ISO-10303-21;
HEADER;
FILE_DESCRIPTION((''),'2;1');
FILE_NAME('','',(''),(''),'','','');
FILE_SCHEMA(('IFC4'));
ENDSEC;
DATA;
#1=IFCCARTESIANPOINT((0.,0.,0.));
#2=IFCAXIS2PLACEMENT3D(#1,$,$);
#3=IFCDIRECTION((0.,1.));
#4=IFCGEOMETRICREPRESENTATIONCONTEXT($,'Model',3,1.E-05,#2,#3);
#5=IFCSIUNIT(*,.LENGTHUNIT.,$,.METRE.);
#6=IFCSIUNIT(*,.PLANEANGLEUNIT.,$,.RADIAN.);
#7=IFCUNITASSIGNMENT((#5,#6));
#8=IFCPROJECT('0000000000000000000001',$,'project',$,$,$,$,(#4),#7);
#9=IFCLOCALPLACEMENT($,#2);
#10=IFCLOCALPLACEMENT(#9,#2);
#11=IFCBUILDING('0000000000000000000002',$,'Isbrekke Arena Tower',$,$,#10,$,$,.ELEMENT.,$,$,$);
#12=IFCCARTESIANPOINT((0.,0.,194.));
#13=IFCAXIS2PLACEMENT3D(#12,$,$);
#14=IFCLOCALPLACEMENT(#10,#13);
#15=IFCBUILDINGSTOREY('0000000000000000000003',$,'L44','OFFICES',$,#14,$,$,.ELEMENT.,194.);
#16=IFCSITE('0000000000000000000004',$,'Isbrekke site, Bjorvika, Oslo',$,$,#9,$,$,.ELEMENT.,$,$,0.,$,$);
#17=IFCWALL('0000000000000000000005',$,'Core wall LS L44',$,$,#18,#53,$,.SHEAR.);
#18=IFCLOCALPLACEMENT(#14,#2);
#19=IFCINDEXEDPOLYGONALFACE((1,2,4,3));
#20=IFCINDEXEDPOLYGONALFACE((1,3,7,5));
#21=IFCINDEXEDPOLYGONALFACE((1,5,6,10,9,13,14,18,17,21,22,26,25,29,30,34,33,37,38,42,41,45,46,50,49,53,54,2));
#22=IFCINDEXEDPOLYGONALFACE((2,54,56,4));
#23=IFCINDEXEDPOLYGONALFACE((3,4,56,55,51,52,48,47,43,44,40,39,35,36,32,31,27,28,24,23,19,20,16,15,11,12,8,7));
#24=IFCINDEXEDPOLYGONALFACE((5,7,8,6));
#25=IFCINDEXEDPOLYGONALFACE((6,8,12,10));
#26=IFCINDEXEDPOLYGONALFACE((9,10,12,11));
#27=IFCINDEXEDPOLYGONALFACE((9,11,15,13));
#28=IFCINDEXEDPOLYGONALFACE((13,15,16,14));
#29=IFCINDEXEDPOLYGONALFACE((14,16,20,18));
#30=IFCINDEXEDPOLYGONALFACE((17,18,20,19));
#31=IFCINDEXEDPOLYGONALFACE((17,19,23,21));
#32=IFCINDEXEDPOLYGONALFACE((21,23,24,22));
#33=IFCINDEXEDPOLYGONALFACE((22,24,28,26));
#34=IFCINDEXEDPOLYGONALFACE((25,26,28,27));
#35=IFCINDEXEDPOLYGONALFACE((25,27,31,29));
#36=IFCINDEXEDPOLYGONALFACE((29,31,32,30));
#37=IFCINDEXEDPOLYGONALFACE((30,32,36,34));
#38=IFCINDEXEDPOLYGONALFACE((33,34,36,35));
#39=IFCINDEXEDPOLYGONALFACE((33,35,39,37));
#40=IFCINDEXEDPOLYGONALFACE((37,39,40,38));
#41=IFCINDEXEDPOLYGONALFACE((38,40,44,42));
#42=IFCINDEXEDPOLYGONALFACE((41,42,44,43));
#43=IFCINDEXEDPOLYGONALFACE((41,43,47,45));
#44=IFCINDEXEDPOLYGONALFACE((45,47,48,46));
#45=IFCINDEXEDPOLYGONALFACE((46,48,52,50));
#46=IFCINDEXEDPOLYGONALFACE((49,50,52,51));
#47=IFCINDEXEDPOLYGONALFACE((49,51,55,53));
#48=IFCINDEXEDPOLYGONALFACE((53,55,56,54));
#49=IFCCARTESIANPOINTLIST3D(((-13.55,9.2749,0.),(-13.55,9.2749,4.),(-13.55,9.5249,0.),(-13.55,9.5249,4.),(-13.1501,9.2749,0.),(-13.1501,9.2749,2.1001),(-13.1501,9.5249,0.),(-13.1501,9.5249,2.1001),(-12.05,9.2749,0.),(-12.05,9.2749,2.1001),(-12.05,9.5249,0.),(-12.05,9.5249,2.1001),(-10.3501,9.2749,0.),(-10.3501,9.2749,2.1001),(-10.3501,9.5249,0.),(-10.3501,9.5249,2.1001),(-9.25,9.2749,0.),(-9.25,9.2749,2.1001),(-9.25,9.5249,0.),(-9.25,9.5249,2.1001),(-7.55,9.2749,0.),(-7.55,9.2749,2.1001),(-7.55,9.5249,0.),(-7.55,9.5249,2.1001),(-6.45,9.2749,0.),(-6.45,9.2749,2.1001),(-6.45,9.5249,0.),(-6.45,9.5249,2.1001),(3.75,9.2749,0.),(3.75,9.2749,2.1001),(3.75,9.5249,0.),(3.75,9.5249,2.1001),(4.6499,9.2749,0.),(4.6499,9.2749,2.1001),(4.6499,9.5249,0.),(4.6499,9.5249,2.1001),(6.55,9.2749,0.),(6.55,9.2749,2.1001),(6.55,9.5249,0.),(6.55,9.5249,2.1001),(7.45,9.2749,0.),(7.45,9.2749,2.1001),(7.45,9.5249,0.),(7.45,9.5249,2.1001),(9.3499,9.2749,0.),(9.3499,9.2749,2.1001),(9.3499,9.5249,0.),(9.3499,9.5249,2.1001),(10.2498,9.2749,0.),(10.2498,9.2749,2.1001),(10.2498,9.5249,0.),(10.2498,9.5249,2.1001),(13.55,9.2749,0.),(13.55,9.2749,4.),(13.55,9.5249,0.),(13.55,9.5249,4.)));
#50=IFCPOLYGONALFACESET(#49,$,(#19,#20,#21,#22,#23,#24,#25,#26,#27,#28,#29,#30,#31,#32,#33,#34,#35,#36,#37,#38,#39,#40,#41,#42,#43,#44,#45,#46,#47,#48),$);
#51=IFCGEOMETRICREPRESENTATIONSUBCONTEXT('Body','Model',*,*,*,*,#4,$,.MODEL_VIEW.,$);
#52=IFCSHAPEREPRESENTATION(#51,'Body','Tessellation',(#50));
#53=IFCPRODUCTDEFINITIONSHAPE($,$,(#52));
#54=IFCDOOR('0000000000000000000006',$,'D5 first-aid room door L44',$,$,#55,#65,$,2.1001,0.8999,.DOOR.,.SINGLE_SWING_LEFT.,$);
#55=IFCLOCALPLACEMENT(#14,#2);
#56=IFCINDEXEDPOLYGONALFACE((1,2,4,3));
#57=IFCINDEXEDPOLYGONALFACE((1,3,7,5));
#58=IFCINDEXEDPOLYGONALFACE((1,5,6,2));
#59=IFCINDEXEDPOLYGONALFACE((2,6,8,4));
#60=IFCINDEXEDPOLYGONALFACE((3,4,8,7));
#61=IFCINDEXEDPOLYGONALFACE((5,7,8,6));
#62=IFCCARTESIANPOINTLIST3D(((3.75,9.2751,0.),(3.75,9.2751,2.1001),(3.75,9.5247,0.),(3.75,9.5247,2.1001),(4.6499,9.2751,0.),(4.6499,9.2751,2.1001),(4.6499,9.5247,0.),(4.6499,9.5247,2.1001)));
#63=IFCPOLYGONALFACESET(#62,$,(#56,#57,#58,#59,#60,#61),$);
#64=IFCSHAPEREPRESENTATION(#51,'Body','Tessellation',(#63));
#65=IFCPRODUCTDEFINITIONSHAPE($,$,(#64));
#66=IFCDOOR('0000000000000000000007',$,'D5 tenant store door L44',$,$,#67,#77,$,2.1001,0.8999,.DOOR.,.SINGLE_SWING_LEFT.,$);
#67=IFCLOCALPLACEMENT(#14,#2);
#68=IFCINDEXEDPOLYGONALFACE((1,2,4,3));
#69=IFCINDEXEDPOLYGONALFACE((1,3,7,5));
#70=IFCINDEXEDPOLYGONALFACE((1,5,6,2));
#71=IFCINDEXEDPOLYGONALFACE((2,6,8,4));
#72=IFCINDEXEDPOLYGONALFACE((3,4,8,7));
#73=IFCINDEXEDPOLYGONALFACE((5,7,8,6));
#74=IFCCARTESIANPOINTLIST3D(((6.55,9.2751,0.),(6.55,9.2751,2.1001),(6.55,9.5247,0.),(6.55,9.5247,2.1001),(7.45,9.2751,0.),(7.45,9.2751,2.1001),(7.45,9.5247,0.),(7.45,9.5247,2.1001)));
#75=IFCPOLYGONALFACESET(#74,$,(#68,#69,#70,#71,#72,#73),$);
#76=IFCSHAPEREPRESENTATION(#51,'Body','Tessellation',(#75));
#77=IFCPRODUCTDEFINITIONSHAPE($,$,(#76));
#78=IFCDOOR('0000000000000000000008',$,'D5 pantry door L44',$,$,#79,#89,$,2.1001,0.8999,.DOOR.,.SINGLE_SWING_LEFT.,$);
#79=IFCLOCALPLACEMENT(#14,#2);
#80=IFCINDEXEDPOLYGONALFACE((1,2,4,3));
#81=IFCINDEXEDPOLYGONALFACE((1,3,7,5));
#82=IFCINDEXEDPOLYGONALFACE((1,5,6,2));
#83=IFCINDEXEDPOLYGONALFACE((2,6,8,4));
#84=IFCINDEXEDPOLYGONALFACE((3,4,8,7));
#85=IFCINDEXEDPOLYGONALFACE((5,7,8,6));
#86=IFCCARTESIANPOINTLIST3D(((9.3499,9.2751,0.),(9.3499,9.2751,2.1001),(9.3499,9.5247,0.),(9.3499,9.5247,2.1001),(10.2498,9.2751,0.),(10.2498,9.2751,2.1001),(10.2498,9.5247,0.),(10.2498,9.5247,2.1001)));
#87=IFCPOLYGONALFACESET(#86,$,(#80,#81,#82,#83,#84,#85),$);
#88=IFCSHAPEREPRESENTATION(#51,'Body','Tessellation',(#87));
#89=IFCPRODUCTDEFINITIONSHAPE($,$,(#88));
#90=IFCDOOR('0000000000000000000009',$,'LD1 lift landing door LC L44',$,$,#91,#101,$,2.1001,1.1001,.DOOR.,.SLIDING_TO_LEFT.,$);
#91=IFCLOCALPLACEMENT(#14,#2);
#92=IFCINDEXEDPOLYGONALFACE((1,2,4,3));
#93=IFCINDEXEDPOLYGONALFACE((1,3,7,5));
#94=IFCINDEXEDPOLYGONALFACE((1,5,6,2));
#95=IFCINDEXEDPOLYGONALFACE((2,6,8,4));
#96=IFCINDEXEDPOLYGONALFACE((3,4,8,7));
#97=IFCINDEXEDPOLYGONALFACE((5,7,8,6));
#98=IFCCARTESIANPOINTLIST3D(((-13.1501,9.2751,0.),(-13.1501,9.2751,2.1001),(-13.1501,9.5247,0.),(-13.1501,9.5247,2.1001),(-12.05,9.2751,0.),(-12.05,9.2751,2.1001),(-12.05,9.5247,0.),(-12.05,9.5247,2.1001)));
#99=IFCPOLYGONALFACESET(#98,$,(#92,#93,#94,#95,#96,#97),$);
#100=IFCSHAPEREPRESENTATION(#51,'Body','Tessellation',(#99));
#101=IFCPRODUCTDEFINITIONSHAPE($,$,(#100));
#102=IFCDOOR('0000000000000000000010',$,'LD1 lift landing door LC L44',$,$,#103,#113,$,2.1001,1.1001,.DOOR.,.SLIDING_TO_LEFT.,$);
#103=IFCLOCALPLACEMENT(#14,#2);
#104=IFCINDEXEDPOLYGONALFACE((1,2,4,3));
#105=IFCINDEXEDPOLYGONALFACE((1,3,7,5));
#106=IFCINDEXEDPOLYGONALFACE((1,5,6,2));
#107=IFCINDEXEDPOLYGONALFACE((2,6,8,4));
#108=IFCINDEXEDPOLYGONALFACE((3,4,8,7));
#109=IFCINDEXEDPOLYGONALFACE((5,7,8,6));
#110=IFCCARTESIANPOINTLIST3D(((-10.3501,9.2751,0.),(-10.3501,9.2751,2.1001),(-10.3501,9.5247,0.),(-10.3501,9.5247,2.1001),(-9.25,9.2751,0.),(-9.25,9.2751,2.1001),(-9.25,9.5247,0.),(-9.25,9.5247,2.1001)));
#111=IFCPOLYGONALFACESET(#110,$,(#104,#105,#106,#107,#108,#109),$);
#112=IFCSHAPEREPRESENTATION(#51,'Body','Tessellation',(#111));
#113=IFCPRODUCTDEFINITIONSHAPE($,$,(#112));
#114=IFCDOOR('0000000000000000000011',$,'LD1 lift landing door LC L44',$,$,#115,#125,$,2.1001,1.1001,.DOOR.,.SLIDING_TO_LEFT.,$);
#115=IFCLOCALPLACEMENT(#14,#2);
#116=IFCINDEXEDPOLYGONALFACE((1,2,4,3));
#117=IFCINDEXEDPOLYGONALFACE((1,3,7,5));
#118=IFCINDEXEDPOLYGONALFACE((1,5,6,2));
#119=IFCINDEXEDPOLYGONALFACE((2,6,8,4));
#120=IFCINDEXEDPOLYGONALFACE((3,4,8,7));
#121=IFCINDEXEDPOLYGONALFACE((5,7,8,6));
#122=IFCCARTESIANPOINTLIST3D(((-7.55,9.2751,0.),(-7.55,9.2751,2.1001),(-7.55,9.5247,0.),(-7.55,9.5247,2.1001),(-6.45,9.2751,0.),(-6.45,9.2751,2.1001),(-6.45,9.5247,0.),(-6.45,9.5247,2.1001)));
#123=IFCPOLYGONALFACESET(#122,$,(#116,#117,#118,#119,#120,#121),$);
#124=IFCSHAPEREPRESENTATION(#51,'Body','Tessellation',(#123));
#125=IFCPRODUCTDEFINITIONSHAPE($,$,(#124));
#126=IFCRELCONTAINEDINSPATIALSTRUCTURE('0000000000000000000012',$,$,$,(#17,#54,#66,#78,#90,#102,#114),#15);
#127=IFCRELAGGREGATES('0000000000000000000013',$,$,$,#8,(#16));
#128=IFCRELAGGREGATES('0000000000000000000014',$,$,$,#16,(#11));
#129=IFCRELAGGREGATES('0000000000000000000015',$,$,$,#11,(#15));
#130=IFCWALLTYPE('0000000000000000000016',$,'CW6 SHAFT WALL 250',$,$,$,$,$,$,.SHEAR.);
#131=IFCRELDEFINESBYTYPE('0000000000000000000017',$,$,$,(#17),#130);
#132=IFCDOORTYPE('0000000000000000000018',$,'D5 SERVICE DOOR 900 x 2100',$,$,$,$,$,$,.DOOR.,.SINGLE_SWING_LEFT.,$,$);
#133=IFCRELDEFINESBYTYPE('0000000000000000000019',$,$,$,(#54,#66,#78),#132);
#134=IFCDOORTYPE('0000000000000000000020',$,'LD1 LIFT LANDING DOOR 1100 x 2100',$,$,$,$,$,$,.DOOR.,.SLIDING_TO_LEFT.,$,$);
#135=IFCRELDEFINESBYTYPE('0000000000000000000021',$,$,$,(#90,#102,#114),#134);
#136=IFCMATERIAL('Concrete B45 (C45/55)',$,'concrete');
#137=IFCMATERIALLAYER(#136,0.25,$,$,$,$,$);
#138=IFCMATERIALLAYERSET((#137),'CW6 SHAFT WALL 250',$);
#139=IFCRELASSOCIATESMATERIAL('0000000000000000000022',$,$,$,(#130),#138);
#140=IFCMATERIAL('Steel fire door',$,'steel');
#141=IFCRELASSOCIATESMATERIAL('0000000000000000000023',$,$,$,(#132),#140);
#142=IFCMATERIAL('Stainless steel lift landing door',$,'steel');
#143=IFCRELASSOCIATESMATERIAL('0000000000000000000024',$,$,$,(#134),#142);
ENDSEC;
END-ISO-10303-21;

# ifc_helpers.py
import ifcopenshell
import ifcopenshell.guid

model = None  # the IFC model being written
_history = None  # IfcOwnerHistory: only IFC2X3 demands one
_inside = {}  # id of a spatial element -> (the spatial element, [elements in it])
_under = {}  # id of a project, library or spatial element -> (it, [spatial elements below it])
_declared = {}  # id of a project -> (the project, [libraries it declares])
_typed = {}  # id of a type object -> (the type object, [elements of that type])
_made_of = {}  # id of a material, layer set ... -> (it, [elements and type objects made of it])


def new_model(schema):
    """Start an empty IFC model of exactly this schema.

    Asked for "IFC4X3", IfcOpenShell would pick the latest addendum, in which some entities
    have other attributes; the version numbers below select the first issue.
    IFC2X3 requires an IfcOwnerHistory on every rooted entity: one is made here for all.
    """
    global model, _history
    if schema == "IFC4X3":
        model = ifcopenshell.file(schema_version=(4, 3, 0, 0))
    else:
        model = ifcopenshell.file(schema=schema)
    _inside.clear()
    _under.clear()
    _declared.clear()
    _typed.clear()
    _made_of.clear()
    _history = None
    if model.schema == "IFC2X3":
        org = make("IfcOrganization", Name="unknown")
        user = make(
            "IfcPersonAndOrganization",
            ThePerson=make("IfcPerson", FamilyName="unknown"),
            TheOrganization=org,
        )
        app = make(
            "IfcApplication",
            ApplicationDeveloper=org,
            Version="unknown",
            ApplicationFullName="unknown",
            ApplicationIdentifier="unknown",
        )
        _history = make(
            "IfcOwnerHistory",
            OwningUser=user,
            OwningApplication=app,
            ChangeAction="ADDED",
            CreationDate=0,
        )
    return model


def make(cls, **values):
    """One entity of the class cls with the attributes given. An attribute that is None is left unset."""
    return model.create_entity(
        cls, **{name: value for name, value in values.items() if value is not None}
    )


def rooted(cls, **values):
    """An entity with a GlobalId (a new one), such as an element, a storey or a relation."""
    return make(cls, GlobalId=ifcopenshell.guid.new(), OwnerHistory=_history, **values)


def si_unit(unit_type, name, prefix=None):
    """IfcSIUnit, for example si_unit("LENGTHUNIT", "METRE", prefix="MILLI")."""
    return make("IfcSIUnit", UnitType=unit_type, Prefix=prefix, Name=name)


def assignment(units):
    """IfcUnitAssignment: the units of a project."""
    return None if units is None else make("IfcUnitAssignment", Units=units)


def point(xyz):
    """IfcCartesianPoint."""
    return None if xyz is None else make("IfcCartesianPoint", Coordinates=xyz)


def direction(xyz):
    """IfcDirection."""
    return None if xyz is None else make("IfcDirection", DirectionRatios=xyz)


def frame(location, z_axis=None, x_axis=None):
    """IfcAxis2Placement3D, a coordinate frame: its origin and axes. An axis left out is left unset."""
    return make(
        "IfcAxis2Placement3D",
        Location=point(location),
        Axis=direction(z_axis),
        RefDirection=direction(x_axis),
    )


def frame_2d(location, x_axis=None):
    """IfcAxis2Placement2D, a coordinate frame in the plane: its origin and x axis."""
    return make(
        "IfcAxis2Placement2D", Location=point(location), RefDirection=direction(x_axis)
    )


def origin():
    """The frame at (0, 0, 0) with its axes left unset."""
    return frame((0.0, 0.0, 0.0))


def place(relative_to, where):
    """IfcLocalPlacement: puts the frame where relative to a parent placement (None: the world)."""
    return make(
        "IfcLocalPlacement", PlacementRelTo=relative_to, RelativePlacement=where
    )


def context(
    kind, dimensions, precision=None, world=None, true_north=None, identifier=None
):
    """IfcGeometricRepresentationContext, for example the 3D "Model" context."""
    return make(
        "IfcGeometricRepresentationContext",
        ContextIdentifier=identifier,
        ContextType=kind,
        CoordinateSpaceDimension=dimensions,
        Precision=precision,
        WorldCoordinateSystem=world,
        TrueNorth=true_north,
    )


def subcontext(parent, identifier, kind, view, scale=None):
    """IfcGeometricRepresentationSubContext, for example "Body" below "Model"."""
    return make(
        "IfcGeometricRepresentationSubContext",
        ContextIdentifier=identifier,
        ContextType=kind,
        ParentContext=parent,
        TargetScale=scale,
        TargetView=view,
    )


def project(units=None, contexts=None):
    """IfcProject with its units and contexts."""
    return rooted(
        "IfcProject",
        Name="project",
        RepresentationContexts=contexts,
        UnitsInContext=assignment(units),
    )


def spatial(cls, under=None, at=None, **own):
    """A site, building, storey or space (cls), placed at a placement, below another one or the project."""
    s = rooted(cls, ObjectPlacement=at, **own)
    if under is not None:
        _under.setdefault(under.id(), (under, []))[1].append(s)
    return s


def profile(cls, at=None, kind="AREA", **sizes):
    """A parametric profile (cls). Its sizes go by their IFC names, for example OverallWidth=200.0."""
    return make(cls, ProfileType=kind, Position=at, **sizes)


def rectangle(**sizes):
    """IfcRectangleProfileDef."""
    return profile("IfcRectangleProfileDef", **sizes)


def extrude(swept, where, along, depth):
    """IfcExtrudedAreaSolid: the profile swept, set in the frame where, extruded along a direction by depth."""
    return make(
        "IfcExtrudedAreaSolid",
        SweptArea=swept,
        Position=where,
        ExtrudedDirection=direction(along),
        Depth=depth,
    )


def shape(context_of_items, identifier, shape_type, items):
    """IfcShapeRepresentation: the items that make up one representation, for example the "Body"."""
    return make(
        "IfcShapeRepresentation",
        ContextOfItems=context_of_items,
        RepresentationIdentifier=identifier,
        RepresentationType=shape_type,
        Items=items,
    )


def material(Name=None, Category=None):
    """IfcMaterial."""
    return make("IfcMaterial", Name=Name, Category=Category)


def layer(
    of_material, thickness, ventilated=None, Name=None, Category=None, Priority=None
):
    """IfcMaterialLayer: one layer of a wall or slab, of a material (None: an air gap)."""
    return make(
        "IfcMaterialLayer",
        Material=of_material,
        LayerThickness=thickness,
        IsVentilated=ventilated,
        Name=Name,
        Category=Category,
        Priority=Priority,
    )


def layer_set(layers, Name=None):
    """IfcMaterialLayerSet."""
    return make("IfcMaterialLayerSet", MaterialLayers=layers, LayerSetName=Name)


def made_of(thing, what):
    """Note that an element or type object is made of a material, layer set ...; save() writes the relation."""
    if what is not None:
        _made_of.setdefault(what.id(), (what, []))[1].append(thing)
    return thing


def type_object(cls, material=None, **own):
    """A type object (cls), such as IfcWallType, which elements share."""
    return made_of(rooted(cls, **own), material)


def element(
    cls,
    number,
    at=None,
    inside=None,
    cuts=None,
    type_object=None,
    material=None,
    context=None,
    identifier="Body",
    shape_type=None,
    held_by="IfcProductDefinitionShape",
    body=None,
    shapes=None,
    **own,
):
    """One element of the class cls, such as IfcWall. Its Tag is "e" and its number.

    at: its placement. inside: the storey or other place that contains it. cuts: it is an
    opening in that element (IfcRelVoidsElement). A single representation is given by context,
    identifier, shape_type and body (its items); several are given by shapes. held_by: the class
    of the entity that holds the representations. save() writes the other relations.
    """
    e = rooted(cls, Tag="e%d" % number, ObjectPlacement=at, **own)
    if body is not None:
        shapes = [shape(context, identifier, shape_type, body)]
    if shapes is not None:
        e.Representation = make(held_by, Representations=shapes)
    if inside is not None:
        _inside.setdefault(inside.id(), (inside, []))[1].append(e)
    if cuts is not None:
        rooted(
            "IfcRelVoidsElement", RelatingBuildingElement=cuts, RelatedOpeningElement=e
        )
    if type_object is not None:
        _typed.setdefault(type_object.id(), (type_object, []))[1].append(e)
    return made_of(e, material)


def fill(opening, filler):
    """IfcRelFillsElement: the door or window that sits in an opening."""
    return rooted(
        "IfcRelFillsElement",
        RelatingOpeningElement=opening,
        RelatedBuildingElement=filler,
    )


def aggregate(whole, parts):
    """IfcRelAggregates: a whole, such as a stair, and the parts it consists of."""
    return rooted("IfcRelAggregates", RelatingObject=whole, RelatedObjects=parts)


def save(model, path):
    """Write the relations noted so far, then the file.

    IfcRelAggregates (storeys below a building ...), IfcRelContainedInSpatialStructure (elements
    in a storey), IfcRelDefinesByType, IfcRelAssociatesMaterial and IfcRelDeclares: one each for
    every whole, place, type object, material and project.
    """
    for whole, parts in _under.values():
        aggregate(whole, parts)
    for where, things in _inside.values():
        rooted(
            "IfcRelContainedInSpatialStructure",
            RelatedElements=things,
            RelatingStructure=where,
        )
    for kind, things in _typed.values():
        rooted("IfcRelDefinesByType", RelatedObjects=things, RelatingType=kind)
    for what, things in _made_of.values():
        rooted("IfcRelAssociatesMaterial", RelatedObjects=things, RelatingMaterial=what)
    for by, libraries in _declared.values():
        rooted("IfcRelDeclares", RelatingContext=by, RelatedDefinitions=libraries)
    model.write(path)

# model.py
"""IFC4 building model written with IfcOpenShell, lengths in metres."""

from ifc_helpers import new_model, si_unit, direction, frame, frame_2d, origin, place, context, subcontext, project, spatial, rectangle, extrude, material, layer, layer_set, type_object, element, fill, save


model = new_model("IFC4")

# Units and contexts
model_context = context("Model", 3, precision=1e-05, world=origin(), true_north=direction((0.0, 1.0)))
body_context = subcontext(model_context, "Body", "Model", "MODEL_VIEW")
ifc_project = project(units=[si_unit("LENGTHUNIT", "METRE"), si_unit("PLANEANGLEUNIT", "RADIAN")], contexts=[model_context])

# Site, building, storey
site_placement = place(None, origin())
site = spatial("IfcSite", under=ifc_project, at=site_placement, Name="Isbrekke site, Bjorvika, Oslo", CompositionType="ELEMENT", RefElevation=0.0)
building_placement = place(site_placement, origin())
building = spatial("IfcBuilding", under=site, at=building_placement, Name="Isbrekke Arena Tower", CompositionType="ELEMENT")
storey_placement = place(building_placement, frame((0.0, 0.0, 194.0)))
storey = spatial("IfcBuildingStorey", under=building, at=storey_placement, Name="L44", Description="OFFICES", CompositionType="ELEMENT", Elevation=194.0)

# Wall, openings, doors
ifc_material_1 = material(Name="Concrete B45 (C45/55)", Category="concrete")
ifc_layer_1 = layer(ifc_material_1, 0.25)
ifc_layer_set_1 = layer_set([ifc_layer_1], Name="CW6 SHAFT WALL 250")
wall_type_1 = type_object("IfcWallType", Name="CW6 SHAFT WALL 250", PredefinedType="SHEAR", material=ifc_layer_set_1)
wall_1_placement = place(storey_placement, frame((-13.55, 9.3999, 0.0), z_axis=(0.0, 0.0, 1.0), x_axis=(1.0, 0.0, 0.0)))
wall_1 = element("IfcWall", 1, at=wall_1_placement, inside=storey, type_object=wall_type_1, Name="Core wall LS L44", PredefinedType="SHEAR", context=body_context, shape_type="SweptSolid", body=[
    extrude(rectangle(XDim=27.1001, YDim=0.25, at=frame_2d((13.55, 0.0))), origin(), (0.0, 0.0, 1.0), 4.0),
])
opening_1_placement = place(wall_1_placement, frame((0.3999, 0.0, 0.0)))
opening_1 = element("IfcOpeningElement", 2, at=opening_1_placement, cuts=wall_1, PredefinedType="OPENING", context=body_context, shape_type="SweptSolid", body=[
    extrude(rectangle(XDim=1.1001, YDim=2.1001, at=frame_2d((0.55, 1.05))), frame((0.0, 0.1399, 0.0), z_axis=(0.0, -1.0, 0.0), x_axis=(1.0, 0.0, 0.0)), (0.0, 0.0, 1.0), 0.2798),
])
opening_2_placement = place(wall_1_placement, frame((3.2, 0.0, 0.0)))
opening_2 = element("IfcOpeningElement", 3, at=opening_2_placement, cuts=wall_1, PredefinedType="OPENING", context=body_context, shape_type="SweptSolid", body=[
    extrude(rectangle(XDim=1.1001, YDim=2.1001, at=frame_2d((0.55, 1.05))), frame((0.0, 0.1399, 0.0), z_axis=(0.0, -1.0, 0.0), x_axis=(1.0, 0.0, 0.0)), (0.0, 0.0, 1.0), 0.2798),
])
opening_3_placement = place(wall_1_placement, frame((6.0, 0.0, 0.0)))
opening_3 = element("IfcOpeningElement", 4, at=opening_3_placement, cuts=wall_1, PredefinedType="OPENING", context=body_context, shape_type="SweptSolid", body=[
    extrude(rectangle(XDim=1.1001, YDim=2.1001, at=frame_2d((0.55, 1.05))), frame((0.0, 0.1399, 0.0), z_axis=(0.0, -1.0, 0.0), x_axis=(1.0, 0.0, 0.0)), (0.0, 0.0, 1.0), 0.2798),
])
opening_4_placement = place(wall_1_placement, frame((17.3, 0.0, 0.0)))
opening_4 = element("IfcOpeningElement", 5, at=opening_4_placement, cuts=wall_1, PredefinedType="OPENING", context=body_context, shape_type="SweptSolid", body=[
    extrude(rectangle(XDim=0.8999, YDim=2.1001, at=frame_2d((0.45, 1.05))), frame((0.0, 0.1399, 0.0), z_axis=(0.0, -1.0, 0.0), x_axis=(1.0, 0.0, 0.0)), (0.0, 0.0, 1.0), 0.2798),
])
opening_5_placement = place(wall_1_placement, frame((20.1001, 0.0, 0.0)))
opening_5 = element("IfcOpeningElement", 6, at=opening_5_placement, cuts=wall_1, PredefinedType="OPENING", context=body_context, shape_type="SweptSolid", body=[
    extrude(rectangle(XDim=0.8999, YDim=2.1001, at=frame_2d((0.45, 1.05))), frame((0.0, 0.1399, 0.0), z_axis=(0.0, -1.0, 0.0), x_axis=(1.0, 0.0, 0.0)), (0.0, 0.0, 1.0), 0.2798),
])
opening_6_placement = place(wall_1_placement, frame((22.8999, 0.0, 0.0)))
opening_6 = element("IfcOpeningElement", 7, at=opening_6_placement, cuts=wall_1, PredefinedType="OPENING", context=body_context, shape_type="SweptSolid", body=[
    extrude(rectangle(XDim=0.8999, YDim=2.1001, at=frame_2d((0.45, 1.05))), frame((0.0, 0.1399, 0.0), z_axis=(0.0, -1.0, 0.0), x_axis=(1.0, 0.0, 0.0)), (0.0, 0.0, 1.0), 0.2798),
])
ifc_material_2 = material(Name="Steel fire door", Category="steel")
door_type_1 = type_object("IfcDoorType", Name="D5 SERVICE DOOR 900 x 2100", OperationType="SINGLE_SWING_LEFT", PredefinedType="DOOR", material=ifc_material_2)
door_1_placement = place(opening_4_placement, origin())
door_1 = element("IfcDoor", 8, at=door_1_placement, inside=storey, type_object=door_type_1, Name="D5 first-aid room door L44", OperationType="SINGLE_SWING_LEFT", OverallHeight=2.1001, OverallWidth=0.8999, PredefinedType="DOOR", context=body_context, shape_type="SweptSolid", body=[
    extrude(rectangle(XDim=0.8999, YDim=2.1001, at=frame_2d((0.45, 1.05))), frame((0.0, 0.1248, 0.0), z_axis=(0.0, -1.0, 0.0), x_axis=(1.0, 0.0, 0.0)), (0.0, 0.0, 1.0), 0.2495),
])
fill(opening_4, door_1)
door_2_placement = place(opening_5_placement, origin())
door_2 = element("IfcDoor", 9, at=door_2_placement, inside=storey, type_object=door_type_1, Name="D5 tenant store door L44", OperationType="SINGLE_SWING_LEFT", OverallHeight=2.1001, OverallWidth=0.8999, PredefinedType="DOOR", context=body_context, shape_type="SweptSolid", body=[
    extrude(rectangle(XDim=0.8999, YDim=2.1001, at=frame_2d((0.45, 1.05))), frame((0.0, 0.1248, 0.0), z_axis=(0.0, -1.0, 0.0), x_axis=(1.0, 0.0, 0.0)), (0.0, 0.0, 1.0), 0.2495),
])
fill(opening_5, door_2)
door_3_placement = place(opening_6_placement, origin())
door_3 = element("IfcDoor", 10, at=door_3_placement, inside=storey, type_object=door_type_1, Name="D5 pantry door L44", OperationType="SINGLE_SWING_LEFT", OverallHeight=2.1001, OverallWidth=0.8999, PredefinedType="DOOR", context=body_context, shape_type="SweptSolid", body=[
    extrude(rectangle(XDim=0.8999, YDim=2.1001, at=frame_2d((0.45, 1.05))), frame((0.0, 0.1248, 0.0), z_axis=(0.0, -1.0, 0.0), x_axis=(1.0, 0.0, 0.0)), (0.0, 0.0, 1.0), 0.2495),
])
fill(opening_6, door_3)
ifc_material_3 = material(Name="Stainless steel lift landing door", Category="steel")
door_type_2 = type_object("IfcDoorType", Name="LD1 LIFT LANDING DOOR 1100 x 2100", OperationType="SLIDING_TO_LEFT", PredefinedType="DOOR", material=ifc_material_3)
door_4_placement = place(opening_1_placement, origin())
door_4 = element("IfcDoor", 11, at=door_4_placement, inside=storey, type_object=door_type_2, Name="LD1 lift landing door LC L44", OperationType="SLIDING_TO_LEFT", OverallHeight=2.1001, OverallWidth=1.1001, PredefinedType="DOOR", context=body_context, shape_type="SweptSolid", body=[
    extrude(rectangle(XDim=1.1001, YDim=2.1001, at=frame_2d((0.55, 1.05))), frame((0.0, 0.1248, 0.0), z_axis=(0.0, -1.0, 0.0), x_axis=(1.0, 0.0, 0.0)), (0.0, 0.0, 1.0), 0.2495),
])
fill(opening_1, door_4)
door_5_placement = place(opening_2_placement, origin())
door_5 = element("IfcDoor", 12, at=door_5_placement, inside=storey, type_object=door_type_2, Name="LD1 lift landing door LC L44", OperationType="SLIDING_TO_LEFT", OverallHeight=2.1001, OverallWidth=1.1001, PredefinedType="DOOR", context=body_context, shape_type="SweptSolid", body=[
    extrude(rectangle(XDim=1.1001, YDim=2.1001, at=frame_2d((0.55, 1.05))), frame((0.0, 0.1248, 0.0), z_axis=(0.0, -1.0, 0.0), x_axis=(1.0, 0.0, 0.0)), (0.0, 0.0, 1.0), 0.2495),
])
fill(opening_2, door_5)
door_6_placement = place(opening_3_placement, origin())
door_6 = element("IfcDoor", 13, at=door_6_placement, inside=storey, type_object=door_type_2, Name="LD1 lift landing door LC L44", OperationType="SLIDING_TO_LEFT", OverallHeight=2.1001, OverallWidth=1.1001, PredefinedType="DOOR", context=body_context, shape_type="SweptSolid", body=[
    extrude(rectangle(XDim=1.1001, YDim=2.1001, at=frame_2d((0.55, 1.05))), frame((0.0, 0.1248, 0.0), z_axis=(0.0, -1.0, 0.0), x_axis=(1.0, 0.0, 0.0)), (0.0, 0.0, 1.0), 0.2495),
])
fill(opening_3, door_6)

save(model, "model.ifc")
